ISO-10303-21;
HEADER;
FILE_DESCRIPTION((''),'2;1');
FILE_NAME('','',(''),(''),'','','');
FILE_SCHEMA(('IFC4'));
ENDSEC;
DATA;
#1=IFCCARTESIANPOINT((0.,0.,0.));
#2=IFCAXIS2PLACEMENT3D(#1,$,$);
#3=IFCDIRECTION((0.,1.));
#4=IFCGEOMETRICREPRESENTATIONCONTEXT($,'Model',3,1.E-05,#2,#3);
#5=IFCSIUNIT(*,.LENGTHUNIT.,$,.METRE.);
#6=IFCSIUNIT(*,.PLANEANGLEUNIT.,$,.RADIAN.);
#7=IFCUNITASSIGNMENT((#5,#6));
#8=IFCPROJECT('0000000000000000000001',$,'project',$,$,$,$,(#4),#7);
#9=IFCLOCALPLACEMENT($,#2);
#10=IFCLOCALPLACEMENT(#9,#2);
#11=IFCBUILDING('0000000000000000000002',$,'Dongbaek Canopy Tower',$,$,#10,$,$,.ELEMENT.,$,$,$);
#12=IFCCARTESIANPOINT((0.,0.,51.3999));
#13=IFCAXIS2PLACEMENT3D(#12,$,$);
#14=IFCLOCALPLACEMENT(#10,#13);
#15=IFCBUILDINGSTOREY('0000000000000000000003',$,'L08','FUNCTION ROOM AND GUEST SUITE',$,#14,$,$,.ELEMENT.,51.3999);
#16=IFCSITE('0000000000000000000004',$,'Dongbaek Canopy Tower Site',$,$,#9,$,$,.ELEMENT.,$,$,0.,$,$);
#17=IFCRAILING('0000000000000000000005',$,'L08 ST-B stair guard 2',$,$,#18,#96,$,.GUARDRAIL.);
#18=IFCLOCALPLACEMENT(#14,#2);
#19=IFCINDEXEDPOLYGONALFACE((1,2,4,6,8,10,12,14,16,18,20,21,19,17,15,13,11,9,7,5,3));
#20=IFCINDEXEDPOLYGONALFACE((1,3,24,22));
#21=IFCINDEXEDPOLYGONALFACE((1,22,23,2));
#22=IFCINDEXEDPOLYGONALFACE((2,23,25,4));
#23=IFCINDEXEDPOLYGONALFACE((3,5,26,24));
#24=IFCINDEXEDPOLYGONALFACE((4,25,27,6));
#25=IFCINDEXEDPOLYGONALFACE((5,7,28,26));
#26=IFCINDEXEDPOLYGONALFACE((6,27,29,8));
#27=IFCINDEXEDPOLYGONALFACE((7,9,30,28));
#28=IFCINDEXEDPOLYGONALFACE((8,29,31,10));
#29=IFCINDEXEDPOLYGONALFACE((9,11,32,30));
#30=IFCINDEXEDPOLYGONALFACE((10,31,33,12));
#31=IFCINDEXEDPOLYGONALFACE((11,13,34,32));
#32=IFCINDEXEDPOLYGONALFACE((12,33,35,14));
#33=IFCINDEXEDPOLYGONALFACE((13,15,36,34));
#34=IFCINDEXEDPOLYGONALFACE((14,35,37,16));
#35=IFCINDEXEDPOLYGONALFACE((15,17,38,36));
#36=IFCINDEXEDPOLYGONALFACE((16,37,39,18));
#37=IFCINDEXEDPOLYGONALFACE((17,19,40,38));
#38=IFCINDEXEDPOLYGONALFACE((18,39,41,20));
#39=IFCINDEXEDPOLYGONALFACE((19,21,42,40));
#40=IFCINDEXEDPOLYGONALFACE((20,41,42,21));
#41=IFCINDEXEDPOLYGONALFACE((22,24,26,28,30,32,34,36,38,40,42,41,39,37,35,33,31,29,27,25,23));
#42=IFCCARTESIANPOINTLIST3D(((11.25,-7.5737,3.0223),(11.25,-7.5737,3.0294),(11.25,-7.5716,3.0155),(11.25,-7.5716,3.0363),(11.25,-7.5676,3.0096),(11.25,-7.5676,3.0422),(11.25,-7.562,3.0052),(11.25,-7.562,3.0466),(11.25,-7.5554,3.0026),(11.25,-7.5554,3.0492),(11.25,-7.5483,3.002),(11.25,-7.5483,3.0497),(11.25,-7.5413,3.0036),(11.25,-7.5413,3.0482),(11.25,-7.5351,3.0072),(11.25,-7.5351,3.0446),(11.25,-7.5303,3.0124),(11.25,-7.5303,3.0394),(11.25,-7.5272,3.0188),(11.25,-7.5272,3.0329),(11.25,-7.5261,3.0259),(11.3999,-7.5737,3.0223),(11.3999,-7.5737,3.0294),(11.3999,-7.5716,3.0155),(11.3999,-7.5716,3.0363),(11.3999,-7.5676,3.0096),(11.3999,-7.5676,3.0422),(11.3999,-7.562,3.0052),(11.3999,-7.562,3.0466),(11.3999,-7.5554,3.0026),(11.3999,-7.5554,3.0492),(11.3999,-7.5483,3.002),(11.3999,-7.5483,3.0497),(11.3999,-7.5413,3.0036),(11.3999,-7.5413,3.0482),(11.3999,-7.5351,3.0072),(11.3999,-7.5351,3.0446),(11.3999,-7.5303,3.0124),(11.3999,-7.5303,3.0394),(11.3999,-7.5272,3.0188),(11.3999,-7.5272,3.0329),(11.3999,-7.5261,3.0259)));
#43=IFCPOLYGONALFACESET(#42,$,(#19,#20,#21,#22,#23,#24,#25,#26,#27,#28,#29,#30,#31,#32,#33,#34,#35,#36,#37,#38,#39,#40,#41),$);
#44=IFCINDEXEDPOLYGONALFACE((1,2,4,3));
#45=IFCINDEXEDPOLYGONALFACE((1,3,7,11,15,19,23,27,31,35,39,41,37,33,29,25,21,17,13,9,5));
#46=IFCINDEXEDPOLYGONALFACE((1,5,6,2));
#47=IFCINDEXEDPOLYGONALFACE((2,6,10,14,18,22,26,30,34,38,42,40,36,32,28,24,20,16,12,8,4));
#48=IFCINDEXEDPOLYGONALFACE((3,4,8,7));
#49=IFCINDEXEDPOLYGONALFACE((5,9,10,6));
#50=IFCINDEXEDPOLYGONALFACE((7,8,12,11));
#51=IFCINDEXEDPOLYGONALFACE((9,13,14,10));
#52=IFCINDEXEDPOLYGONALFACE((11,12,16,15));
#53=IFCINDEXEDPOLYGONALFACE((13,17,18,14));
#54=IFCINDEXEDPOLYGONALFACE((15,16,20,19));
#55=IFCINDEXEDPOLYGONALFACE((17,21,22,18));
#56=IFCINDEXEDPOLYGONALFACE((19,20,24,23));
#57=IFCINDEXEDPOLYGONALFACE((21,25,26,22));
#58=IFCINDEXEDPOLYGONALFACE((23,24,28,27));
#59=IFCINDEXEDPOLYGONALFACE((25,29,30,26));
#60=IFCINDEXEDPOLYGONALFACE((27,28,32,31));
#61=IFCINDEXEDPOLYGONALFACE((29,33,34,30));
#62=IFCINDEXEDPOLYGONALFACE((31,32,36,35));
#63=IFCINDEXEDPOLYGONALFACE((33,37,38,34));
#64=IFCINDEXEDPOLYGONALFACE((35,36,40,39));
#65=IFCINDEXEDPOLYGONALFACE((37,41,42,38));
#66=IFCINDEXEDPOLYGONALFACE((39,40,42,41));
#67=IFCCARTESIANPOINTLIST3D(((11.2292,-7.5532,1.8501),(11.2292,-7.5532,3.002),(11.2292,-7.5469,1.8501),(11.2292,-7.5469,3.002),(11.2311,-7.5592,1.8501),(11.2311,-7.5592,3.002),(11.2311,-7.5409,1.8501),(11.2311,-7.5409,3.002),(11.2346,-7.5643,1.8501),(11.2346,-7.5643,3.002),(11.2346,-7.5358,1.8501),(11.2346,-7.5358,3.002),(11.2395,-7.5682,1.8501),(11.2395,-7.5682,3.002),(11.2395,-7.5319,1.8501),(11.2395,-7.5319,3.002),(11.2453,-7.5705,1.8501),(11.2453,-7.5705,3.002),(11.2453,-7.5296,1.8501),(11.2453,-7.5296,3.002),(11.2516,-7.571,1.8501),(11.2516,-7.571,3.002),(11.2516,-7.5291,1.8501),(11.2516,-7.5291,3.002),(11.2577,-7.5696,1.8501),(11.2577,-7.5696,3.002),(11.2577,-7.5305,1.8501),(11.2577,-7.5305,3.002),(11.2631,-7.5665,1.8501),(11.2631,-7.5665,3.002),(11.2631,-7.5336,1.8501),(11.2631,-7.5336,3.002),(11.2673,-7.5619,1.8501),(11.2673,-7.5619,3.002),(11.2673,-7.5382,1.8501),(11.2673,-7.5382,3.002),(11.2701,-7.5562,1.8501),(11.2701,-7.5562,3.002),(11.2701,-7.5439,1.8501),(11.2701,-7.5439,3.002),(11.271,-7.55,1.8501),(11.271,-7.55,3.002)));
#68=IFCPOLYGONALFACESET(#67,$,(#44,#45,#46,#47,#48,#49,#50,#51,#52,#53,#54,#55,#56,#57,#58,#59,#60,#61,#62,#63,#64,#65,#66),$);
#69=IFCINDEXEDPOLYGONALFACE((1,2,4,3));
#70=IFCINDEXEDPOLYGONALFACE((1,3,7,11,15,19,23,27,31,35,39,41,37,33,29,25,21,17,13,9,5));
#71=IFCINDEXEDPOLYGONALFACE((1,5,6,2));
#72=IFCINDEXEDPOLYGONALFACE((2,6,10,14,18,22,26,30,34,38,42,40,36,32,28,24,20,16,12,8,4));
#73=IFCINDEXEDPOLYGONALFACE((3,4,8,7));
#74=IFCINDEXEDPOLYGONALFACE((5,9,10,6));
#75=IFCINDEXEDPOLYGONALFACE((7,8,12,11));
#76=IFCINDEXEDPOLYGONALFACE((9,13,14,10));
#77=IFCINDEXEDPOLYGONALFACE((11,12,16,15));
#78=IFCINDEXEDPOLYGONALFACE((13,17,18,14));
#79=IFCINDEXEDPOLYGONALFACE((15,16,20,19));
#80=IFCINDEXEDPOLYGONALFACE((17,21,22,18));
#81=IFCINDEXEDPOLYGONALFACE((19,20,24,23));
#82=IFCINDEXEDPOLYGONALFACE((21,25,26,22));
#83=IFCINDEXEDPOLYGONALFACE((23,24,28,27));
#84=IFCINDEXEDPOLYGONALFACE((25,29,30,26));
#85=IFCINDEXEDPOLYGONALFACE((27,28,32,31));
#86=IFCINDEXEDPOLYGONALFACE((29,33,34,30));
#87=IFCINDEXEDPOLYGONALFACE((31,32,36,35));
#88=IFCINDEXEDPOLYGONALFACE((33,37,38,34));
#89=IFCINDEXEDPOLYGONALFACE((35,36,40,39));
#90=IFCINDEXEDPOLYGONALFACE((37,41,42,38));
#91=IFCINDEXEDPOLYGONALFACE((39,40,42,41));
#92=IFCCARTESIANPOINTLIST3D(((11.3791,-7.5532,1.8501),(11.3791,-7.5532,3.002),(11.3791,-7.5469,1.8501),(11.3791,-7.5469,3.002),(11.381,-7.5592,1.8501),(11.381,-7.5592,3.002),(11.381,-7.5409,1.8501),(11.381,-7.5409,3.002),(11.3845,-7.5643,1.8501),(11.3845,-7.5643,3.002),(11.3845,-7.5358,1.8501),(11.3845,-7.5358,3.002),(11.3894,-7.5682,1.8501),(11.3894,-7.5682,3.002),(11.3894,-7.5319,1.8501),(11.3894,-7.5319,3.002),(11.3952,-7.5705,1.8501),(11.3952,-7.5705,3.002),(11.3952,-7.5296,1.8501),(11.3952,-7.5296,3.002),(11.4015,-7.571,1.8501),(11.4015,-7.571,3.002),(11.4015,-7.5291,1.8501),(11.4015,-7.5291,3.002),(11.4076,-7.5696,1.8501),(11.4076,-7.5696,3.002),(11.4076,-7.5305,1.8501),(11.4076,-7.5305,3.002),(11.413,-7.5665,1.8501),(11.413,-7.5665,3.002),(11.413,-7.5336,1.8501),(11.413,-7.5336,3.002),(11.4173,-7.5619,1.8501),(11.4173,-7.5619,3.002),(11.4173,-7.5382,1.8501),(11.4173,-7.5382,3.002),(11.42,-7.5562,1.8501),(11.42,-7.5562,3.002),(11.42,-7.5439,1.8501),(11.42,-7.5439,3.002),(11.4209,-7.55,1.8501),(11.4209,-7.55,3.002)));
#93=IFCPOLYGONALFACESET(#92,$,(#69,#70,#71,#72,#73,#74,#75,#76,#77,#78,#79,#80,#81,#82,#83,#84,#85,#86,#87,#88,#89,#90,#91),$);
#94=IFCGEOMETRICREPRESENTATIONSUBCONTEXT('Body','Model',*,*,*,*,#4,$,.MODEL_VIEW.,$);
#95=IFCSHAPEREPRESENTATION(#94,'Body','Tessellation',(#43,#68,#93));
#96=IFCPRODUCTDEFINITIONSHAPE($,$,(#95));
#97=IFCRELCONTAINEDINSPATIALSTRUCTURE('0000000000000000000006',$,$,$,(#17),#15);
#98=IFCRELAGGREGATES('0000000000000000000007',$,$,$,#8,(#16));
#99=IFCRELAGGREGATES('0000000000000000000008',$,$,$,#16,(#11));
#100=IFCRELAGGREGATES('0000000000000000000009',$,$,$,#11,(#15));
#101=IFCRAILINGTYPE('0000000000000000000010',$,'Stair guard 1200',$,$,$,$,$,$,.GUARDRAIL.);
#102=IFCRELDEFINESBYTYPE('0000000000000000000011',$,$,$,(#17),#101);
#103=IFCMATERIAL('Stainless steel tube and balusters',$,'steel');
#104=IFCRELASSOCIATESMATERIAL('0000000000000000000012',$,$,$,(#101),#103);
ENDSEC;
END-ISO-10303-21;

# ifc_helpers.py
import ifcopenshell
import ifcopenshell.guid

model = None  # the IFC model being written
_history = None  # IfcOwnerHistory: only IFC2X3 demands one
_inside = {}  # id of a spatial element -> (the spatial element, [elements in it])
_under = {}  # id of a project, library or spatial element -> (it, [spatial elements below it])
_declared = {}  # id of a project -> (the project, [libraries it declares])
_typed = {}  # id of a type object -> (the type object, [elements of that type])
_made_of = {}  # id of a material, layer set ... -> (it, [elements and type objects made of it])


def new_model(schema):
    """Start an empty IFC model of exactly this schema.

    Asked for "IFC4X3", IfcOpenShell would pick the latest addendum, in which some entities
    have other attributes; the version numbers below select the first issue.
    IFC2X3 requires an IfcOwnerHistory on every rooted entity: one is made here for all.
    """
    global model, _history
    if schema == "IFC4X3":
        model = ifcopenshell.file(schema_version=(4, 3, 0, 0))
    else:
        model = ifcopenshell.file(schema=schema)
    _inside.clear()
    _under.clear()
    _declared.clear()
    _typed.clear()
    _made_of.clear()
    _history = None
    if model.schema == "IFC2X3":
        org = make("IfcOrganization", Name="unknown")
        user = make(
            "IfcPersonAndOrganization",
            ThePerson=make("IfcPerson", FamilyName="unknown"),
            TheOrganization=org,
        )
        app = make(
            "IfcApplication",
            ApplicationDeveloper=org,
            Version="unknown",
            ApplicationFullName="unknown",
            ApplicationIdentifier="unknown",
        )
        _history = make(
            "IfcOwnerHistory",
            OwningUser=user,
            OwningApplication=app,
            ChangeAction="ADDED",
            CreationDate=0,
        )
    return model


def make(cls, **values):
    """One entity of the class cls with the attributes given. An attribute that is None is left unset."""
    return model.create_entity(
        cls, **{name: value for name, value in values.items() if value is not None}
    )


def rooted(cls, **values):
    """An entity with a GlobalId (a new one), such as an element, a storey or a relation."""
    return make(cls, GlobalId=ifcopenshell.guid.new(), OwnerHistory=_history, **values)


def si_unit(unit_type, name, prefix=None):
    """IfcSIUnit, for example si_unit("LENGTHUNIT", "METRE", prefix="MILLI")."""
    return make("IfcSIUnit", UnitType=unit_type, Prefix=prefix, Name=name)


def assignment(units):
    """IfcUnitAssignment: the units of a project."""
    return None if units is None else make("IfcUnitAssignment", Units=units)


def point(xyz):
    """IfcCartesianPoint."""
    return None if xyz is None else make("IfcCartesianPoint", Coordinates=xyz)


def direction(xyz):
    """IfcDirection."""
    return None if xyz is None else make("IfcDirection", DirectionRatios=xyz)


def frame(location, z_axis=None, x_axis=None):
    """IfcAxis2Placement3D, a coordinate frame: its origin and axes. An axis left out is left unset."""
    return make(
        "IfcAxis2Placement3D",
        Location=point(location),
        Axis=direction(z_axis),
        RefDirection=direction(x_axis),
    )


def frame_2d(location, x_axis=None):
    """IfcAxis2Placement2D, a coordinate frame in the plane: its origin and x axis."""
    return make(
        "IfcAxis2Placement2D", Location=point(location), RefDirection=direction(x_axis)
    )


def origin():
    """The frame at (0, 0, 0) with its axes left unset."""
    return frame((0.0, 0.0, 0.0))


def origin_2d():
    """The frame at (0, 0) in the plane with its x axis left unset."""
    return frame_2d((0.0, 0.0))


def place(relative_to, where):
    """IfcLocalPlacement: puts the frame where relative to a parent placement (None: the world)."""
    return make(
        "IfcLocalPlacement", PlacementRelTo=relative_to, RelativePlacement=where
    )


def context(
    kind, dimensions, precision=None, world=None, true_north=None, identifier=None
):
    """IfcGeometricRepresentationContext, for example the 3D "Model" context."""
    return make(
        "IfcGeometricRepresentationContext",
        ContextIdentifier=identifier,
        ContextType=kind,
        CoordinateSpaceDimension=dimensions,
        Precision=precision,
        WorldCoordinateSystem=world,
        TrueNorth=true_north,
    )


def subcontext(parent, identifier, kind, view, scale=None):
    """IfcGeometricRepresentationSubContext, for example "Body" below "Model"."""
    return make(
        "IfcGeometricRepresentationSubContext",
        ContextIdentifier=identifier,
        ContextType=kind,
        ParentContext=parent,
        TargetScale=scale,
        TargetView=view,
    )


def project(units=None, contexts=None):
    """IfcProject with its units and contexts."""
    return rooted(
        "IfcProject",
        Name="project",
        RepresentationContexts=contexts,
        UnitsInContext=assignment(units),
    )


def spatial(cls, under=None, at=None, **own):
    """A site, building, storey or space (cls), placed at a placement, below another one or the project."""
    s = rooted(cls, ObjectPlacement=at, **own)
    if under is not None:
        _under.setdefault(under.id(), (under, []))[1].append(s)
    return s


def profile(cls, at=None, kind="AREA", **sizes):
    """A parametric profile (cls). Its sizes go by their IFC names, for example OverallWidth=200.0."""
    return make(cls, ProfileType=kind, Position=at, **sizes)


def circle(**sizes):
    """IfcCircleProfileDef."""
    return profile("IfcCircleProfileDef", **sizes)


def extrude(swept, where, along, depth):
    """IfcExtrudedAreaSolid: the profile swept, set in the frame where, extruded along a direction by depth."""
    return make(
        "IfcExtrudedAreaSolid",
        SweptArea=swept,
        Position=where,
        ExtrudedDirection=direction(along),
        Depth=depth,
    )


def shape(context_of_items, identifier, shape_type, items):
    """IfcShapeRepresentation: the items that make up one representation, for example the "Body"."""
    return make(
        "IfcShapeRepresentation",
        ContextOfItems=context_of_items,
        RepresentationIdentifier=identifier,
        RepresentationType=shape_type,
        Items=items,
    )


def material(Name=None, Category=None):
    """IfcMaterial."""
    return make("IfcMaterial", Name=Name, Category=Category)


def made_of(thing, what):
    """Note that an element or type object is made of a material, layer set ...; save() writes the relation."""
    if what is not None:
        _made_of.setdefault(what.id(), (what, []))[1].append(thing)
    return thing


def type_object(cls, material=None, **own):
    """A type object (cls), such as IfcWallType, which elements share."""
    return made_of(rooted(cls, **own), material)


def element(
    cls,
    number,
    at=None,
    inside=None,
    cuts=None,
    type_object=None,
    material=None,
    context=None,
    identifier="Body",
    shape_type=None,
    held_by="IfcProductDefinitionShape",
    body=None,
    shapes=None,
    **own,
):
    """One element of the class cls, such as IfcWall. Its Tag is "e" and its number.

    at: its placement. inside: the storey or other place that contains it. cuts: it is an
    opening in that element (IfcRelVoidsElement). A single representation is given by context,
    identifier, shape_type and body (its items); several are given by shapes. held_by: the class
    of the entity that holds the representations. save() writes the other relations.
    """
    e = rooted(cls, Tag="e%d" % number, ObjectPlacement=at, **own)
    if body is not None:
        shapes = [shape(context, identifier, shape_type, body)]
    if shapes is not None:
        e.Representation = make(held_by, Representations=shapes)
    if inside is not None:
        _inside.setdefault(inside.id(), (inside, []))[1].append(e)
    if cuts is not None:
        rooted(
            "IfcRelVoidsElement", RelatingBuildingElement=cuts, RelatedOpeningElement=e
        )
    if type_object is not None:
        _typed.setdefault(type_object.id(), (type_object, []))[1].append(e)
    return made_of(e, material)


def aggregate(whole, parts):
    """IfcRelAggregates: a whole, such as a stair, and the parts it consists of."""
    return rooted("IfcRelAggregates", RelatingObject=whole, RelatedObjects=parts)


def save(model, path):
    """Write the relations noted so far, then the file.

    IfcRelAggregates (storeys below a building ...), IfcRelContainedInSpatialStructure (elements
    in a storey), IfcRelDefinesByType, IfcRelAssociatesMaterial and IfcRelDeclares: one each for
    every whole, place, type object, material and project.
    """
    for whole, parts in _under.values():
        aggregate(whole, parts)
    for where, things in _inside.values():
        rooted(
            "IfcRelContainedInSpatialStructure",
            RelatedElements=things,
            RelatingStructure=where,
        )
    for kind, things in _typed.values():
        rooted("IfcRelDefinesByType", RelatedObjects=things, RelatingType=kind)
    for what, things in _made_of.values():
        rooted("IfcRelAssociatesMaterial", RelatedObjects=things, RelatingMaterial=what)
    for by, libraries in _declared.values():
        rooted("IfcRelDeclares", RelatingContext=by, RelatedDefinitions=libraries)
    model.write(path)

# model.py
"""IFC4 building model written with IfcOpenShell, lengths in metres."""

from ifc_helpers import new_model, si_unit, direction, frame, origin, origin_2d, place, context, subcontext, project, spatial, circle, extrude, material, type_object, element, save


model = new_model("IFC4")

# Units and contexts
model_context = context("Model", 3, precision=1e-05, world=origin(), true_north=direction((0.0, 1.0)))
body_context = subcontext(model_context, "Body", "Model", "MODEL_VIEW")
ifc_project = project(units=[si_unit("LENGTHUNIT", "METRE"), si_unit("PLANEANGLEUNIT", "RADIAN")], contexts=[model_context])

# Site, building, storey
site_placement = place(None, origin())
site = spatial("IfcSite", under=ifc_project, at=site_placement, Name="Dongbaek Canopy Tower Site", CompositionType="ELEMENT", RefElevation=0.0)
building_placement = place(site_placement, origin())
building = spatial("IfcBuilding", under=site, at=building_placement, Name="Dongbaek Canopy Tower", CompositionType="ELEMENT")
storey_placement = place(building_placement, frame((0.0, 0.0, 51.3999)))
storey = spatial("IfcBuildingStorey", under=building, at=storey_placement, Name="L08", Description="FUNCTION ROOM AND GUEST SUITE", CompositionType="ELEMENT", Elevation=51.3999)

# Railing
ifc_material_1 = material(Name="Stainless steel tube and balusters", Category="steel")
railing_type_1 = type_object("IfcRailingType", Name="Stair guard 1200", PredefinedType="GUARDRAIL", material=ifc_material_1)
railing_1_placement = place(storey_placement, frame((11.25, -7.55, 1.8501)))
element("IfcRailing", 1, at=railing_1_placement, inside=storey, type_object=railing_type_1, Name="L08 ST-B stair guard 2", PredefinedType="GUARDRAIL", context=body_context, shape_type="SweptSolid", body=[
    extrude(circle(Radius=0.0239, at=origin_2d()), frame((0.0, 0.0, 1.1758), z_axis=(1.0, 0.0, 0.0), x_axis=(0.0, 1.0, 0.0)), (0.0, 0.0, 1.0), 0.1499),
    extrude(circle(Radius=0.021, at=origin_2d()), origin(), (0.0, 0.0, 1.0), 1.1519),
    extrude(circle(Radius=0.021, at=origin_2d()), frame((0.1499, 0.0, 0.0)), (0.0, 0.0, 1.0), 1.1519),
])

save(model, "model.ifc")
